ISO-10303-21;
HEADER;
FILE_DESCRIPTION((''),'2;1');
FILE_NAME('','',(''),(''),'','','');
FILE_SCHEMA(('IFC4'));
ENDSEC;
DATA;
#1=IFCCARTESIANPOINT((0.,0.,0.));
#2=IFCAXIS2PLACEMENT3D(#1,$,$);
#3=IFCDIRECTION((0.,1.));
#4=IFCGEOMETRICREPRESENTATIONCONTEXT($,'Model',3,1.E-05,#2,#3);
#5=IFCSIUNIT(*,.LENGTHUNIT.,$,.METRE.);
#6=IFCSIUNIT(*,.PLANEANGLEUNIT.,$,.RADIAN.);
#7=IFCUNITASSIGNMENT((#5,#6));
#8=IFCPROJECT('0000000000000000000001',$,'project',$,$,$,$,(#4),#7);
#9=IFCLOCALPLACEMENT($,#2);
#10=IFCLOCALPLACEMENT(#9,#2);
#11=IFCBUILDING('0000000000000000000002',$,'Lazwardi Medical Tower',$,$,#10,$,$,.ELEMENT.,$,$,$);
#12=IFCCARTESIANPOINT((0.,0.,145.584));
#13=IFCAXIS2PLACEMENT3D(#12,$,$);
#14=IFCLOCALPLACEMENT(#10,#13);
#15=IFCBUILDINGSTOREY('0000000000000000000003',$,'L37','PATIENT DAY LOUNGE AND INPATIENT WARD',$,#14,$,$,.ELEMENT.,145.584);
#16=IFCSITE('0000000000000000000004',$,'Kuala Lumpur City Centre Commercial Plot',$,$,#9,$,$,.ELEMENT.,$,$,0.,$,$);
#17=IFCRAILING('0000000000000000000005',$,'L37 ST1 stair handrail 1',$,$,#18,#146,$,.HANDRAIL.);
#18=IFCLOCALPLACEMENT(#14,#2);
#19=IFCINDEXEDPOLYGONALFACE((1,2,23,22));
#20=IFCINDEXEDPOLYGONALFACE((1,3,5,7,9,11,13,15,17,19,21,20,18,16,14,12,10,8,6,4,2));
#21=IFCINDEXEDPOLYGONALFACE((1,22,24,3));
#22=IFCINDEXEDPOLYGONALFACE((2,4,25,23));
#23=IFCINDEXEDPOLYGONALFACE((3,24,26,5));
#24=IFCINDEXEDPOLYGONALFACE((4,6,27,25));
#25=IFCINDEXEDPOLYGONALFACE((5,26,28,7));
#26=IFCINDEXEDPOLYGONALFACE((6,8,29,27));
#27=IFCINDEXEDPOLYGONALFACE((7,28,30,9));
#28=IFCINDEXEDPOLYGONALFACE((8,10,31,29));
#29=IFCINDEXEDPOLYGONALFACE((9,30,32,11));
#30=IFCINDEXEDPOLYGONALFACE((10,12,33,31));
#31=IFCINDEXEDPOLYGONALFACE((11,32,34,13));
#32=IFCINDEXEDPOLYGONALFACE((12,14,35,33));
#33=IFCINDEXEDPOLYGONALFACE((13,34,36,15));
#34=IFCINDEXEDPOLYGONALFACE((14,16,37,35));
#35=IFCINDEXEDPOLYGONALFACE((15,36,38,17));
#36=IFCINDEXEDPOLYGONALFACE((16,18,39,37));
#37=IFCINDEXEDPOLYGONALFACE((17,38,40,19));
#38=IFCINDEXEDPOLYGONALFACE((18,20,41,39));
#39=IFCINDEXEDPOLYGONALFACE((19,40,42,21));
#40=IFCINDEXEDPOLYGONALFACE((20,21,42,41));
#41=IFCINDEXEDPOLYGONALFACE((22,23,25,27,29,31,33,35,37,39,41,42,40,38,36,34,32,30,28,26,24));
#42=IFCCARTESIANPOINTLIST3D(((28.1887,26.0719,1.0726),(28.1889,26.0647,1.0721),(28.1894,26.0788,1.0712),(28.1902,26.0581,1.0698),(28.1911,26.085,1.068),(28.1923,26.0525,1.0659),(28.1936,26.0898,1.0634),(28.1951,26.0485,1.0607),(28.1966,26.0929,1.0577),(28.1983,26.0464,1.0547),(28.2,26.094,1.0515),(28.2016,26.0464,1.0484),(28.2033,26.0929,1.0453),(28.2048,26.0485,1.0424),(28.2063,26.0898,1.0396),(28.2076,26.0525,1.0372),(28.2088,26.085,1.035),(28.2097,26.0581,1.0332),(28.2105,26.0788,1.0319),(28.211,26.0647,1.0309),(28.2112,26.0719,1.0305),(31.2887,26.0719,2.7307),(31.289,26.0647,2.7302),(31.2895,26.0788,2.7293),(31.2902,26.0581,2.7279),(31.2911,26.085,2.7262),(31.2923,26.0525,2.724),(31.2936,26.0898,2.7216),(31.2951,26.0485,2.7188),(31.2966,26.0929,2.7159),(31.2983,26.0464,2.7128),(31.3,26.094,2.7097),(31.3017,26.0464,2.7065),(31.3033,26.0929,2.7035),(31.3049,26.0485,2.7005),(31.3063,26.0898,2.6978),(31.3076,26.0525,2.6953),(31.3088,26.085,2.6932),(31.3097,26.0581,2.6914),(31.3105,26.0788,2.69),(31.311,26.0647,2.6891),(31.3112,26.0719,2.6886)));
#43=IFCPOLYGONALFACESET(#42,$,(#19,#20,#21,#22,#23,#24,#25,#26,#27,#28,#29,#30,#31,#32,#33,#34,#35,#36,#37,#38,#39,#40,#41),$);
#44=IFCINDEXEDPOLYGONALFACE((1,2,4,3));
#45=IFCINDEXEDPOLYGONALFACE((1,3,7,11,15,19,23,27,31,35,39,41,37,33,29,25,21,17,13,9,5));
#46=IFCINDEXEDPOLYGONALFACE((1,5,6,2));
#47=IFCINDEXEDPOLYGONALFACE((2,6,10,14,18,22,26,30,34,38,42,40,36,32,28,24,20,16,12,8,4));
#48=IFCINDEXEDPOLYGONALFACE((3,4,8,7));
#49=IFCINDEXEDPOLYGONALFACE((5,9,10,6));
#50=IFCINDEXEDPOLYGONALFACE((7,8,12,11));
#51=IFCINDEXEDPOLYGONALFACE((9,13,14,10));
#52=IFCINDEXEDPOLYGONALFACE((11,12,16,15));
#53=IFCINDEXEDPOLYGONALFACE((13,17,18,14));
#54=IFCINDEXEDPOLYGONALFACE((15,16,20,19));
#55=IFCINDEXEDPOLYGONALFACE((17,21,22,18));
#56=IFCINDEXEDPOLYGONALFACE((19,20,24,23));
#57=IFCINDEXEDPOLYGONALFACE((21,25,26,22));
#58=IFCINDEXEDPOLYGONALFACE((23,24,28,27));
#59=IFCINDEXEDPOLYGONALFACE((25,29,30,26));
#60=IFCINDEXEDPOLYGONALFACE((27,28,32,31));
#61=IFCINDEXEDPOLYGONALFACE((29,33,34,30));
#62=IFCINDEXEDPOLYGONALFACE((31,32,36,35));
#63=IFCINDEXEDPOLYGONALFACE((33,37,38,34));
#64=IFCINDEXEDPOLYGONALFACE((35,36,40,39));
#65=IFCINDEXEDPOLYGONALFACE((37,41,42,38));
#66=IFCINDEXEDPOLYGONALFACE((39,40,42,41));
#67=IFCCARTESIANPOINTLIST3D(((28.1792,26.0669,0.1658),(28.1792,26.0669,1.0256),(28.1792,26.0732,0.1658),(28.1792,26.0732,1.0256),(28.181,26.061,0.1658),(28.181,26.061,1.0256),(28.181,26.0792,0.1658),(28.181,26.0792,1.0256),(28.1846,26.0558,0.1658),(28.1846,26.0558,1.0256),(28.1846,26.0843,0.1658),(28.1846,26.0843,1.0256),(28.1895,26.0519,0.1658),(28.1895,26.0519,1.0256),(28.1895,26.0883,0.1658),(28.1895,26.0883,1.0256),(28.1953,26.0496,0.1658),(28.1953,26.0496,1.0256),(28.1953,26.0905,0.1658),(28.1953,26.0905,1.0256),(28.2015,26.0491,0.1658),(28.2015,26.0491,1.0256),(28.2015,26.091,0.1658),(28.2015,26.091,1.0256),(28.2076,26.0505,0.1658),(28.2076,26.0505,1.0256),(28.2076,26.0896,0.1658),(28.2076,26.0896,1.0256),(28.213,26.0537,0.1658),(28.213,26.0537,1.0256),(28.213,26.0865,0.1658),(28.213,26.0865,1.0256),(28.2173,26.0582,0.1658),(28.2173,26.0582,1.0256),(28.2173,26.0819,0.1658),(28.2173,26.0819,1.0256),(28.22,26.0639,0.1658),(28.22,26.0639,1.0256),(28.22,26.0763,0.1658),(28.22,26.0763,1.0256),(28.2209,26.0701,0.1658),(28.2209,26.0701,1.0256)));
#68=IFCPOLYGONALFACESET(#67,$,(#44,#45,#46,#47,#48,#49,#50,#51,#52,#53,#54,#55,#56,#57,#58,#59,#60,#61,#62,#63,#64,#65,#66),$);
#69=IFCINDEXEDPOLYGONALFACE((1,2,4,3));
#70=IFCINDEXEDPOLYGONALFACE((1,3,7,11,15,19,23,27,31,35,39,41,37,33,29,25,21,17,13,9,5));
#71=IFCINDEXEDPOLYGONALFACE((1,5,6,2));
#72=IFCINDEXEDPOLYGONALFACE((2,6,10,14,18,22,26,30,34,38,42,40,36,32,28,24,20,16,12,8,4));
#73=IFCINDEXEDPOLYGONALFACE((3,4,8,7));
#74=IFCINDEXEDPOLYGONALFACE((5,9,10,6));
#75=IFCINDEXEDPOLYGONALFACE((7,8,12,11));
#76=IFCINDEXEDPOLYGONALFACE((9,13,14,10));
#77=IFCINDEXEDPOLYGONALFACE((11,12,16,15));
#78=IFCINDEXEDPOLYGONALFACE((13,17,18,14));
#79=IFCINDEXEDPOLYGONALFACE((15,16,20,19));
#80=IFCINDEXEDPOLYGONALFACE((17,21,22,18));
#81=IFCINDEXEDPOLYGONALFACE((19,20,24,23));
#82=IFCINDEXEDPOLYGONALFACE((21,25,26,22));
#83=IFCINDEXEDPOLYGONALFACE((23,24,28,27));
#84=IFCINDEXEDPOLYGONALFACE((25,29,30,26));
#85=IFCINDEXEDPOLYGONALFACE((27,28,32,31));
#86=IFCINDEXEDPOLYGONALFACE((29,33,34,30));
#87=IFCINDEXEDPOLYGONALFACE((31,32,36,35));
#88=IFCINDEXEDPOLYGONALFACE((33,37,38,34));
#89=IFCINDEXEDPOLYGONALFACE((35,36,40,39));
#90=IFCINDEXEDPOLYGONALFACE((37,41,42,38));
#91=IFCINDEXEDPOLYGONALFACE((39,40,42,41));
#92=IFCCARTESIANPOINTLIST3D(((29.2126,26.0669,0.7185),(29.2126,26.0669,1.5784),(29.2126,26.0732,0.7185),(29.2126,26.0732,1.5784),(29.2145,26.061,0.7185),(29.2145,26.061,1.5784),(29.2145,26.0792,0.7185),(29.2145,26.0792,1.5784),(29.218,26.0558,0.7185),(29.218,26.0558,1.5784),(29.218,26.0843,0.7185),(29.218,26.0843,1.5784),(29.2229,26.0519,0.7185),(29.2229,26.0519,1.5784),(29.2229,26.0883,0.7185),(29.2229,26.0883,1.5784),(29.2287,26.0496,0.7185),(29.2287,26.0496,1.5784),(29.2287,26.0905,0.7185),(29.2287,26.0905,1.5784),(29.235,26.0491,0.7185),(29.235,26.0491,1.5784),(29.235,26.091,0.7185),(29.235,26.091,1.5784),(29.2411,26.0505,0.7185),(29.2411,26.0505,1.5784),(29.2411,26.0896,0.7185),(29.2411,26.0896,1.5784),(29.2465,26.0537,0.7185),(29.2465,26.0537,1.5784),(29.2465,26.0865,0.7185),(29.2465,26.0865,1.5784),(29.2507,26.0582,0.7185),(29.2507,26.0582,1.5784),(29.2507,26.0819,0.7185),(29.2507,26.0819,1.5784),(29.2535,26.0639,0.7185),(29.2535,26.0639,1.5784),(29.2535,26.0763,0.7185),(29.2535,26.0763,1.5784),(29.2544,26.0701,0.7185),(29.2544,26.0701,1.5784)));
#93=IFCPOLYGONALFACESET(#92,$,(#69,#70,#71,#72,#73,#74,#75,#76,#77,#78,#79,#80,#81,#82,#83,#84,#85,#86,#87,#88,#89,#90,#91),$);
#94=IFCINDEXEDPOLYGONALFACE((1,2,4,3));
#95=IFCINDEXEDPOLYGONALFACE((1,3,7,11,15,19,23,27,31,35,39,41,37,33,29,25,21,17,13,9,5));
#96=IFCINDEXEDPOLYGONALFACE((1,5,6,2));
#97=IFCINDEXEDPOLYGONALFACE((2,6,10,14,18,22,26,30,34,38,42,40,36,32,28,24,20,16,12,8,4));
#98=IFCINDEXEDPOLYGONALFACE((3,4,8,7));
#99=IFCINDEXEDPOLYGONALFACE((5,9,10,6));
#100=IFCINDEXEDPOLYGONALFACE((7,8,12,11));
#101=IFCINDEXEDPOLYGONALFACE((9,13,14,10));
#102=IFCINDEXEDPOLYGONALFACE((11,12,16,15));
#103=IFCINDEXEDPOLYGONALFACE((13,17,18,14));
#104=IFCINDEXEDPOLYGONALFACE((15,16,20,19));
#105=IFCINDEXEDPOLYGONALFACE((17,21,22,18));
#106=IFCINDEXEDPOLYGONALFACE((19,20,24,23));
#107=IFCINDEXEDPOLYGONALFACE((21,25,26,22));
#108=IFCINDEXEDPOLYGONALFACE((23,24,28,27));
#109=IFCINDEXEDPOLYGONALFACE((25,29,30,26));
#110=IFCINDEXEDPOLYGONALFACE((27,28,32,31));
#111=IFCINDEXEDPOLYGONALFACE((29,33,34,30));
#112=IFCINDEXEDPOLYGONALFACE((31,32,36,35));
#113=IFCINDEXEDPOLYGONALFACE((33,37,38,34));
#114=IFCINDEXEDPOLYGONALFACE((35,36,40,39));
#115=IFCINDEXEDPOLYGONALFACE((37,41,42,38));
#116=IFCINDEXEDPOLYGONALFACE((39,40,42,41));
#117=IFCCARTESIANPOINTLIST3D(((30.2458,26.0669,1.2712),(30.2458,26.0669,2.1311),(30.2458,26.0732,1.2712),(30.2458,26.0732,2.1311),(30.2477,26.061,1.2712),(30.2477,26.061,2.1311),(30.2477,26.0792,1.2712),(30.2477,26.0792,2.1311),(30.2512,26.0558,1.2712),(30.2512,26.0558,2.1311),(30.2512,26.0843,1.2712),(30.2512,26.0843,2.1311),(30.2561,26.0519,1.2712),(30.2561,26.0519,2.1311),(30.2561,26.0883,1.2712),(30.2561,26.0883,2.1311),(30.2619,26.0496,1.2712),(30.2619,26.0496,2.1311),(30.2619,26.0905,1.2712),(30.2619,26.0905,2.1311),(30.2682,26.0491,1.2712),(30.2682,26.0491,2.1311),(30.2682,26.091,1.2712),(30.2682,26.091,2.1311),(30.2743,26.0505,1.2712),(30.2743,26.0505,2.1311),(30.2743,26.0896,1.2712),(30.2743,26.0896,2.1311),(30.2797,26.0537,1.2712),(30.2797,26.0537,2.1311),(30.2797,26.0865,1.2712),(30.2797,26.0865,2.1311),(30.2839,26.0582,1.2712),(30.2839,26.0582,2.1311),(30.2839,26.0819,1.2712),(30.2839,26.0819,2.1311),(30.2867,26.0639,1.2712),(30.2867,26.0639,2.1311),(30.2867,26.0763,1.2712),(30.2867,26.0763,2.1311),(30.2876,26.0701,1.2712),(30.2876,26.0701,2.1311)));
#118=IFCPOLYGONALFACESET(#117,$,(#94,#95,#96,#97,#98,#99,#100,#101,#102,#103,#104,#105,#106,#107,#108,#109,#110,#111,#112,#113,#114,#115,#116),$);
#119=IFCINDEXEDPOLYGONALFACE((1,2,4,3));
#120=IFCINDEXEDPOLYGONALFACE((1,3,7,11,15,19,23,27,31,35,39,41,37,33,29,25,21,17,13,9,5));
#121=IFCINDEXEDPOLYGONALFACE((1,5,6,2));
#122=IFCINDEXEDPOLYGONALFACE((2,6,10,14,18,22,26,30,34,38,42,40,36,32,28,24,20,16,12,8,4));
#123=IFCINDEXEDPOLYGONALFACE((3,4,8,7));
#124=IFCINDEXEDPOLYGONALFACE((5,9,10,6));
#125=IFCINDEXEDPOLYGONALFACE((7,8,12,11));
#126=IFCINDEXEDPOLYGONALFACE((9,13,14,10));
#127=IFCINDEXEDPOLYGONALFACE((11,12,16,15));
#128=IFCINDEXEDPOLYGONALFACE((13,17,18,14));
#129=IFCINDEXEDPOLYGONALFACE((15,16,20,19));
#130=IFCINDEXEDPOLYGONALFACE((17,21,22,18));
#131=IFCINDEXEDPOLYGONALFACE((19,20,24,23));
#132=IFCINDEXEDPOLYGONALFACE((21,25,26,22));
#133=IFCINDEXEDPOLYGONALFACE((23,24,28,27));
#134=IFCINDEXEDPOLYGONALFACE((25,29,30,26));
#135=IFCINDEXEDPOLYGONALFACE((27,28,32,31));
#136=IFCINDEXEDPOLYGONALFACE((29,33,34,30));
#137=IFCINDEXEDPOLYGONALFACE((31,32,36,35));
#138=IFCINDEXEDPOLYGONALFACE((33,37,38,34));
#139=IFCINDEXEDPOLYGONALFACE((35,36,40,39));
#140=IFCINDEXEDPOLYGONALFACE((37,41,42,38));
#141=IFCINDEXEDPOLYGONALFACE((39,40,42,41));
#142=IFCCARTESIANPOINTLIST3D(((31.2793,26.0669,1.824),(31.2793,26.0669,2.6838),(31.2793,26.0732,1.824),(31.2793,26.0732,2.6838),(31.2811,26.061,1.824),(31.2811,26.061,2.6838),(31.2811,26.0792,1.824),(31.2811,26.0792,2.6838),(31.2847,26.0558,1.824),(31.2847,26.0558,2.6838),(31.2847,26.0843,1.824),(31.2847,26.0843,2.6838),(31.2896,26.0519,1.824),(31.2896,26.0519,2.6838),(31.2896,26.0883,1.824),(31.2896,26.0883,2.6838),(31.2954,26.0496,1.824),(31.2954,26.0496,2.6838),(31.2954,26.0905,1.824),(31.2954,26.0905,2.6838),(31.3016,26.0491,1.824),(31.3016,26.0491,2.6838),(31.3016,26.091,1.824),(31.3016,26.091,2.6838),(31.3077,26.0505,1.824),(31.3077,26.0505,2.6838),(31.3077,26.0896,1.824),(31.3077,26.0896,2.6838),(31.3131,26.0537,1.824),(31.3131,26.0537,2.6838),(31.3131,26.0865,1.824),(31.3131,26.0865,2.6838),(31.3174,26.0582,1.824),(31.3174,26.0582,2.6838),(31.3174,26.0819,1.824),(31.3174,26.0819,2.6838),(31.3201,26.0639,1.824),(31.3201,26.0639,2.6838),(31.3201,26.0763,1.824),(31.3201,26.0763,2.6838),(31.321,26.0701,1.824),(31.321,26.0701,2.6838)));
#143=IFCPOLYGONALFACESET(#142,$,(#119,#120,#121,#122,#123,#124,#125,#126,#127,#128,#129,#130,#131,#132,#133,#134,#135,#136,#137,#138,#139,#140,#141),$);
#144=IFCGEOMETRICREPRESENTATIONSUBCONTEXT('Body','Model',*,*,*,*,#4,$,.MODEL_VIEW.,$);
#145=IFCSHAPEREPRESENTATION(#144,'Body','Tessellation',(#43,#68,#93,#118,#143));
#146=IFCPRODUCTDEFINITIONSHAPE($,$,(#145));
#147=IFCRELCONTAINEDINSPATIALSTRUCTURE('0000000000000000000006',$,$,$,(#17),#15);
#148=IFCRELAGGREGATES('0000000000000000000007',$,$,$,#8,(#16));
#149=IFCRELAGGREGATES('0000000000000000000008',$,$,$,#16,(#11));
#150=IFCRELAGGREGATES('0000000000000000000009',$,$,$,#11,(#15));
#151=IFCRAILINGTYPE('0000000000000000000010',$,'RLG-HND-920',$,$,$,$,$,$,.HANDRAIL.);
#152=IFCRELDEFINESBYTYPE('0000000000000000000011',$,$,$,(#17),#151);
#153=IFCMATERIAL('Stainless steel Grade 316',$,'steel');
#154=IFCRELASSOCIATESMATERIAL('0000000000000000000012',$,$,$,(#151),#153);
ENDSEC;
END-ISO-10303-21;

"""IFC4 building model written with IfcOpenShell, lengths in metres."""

from ifc_helpers import new_model, si_unit, direction, frame, origin, origin_2d, place, context, subcontext, project, spatial, circle, extrude, material, type_object, element, save


model = new_model("IFC4")

# Units and contexts
model_context = context("Model", 3, precision=1e-05, world=origin(), true_north=direction((0.0, 1.0)))
body_context = subcontext(model_context, "Body", "Model", "MODEL_VIEW")
ifc_project = project(units=[si_unit("LENGTHUNIT", "METRE"), si_unit("PLANEANGLEUNIT", "RADIAN")], contexts=[model_context])

# Site, building, storey
site_placement = place(None, origin())
site = spatial("IfcSite", under=ifc_project, at=site_placement, Name="Kuala Lumpur City Centre Commercial Plot", CompositionType="ELEMENT", RefElevation=0.0)
building_placement = place(site_placement, origin())
building = spatial("IfcBuilding", under=site, at=building_placement, Name="Lazwardi Medical Tower", CompositionType="ELEMENT")
storey_placement = place(building_placement, frame((0.0, 0.0, 145.584)))
storey = spatial("IfcBuildingStorey", under=building, at=storey_placement, Name="L37", Description="PATIENT DAY LOUNGE AND INPATIENT WARD", CompositionType="ELEMENT", Elevation=145.584)

# Railing
ifc_material_1 = material(Name="Stainless steel Grade 316", Category="steel")
railing_type_1 = type_object("IfcRailingType", Name="RLG-HND-920", PredefinedType="HANDRAIL", material=ifc_material_1)
railing_1_placement = place(storey_placement, frame((28.2, 26.0701, 0.1658)))
element("IfcRailing", 1, at=railing_1_placement, inside=storey, type_object=railing_type_1, Name="L37 ST1 stair handrail 1", PredefinedType="HANDRAIL", context=body_context, shape_type="SweptSolid", body=[
    extrude(circle(Radius=0.0239, at=origin_2d()), frame((0.0, 0.0, 0.8857), z_axis=(0.881783, 0.0, 0.471655), x_axis=(0.0, 1.0, 0.0)), (0.0, 0.0, 1.0), 3.5156),
    extrude(circle(Radius=0.021, at=origin_2d()), origin(), (0.0, 0.0, 1.0), 0.8599),
    extrude(circle(Radius=0.021, at=origin_2d()), frame((1.0334, 0.0, 0.5527)), (0.0, 0.0, 1.0), 0.8599),
    extrude(circle(Radius=0.021, at=origin_2d()), frame((2.0667, 0.0, 1.1055)), (0.0, 0.0, 1.0), 0.8599),
    extrude(circle(Radius=0.021, at=origin_2d()), frame((3.1001, 0.0, 1.6582)), (0.0, 0.0, 1.0), 0.8599),
])

save(model, "model.ifc")
